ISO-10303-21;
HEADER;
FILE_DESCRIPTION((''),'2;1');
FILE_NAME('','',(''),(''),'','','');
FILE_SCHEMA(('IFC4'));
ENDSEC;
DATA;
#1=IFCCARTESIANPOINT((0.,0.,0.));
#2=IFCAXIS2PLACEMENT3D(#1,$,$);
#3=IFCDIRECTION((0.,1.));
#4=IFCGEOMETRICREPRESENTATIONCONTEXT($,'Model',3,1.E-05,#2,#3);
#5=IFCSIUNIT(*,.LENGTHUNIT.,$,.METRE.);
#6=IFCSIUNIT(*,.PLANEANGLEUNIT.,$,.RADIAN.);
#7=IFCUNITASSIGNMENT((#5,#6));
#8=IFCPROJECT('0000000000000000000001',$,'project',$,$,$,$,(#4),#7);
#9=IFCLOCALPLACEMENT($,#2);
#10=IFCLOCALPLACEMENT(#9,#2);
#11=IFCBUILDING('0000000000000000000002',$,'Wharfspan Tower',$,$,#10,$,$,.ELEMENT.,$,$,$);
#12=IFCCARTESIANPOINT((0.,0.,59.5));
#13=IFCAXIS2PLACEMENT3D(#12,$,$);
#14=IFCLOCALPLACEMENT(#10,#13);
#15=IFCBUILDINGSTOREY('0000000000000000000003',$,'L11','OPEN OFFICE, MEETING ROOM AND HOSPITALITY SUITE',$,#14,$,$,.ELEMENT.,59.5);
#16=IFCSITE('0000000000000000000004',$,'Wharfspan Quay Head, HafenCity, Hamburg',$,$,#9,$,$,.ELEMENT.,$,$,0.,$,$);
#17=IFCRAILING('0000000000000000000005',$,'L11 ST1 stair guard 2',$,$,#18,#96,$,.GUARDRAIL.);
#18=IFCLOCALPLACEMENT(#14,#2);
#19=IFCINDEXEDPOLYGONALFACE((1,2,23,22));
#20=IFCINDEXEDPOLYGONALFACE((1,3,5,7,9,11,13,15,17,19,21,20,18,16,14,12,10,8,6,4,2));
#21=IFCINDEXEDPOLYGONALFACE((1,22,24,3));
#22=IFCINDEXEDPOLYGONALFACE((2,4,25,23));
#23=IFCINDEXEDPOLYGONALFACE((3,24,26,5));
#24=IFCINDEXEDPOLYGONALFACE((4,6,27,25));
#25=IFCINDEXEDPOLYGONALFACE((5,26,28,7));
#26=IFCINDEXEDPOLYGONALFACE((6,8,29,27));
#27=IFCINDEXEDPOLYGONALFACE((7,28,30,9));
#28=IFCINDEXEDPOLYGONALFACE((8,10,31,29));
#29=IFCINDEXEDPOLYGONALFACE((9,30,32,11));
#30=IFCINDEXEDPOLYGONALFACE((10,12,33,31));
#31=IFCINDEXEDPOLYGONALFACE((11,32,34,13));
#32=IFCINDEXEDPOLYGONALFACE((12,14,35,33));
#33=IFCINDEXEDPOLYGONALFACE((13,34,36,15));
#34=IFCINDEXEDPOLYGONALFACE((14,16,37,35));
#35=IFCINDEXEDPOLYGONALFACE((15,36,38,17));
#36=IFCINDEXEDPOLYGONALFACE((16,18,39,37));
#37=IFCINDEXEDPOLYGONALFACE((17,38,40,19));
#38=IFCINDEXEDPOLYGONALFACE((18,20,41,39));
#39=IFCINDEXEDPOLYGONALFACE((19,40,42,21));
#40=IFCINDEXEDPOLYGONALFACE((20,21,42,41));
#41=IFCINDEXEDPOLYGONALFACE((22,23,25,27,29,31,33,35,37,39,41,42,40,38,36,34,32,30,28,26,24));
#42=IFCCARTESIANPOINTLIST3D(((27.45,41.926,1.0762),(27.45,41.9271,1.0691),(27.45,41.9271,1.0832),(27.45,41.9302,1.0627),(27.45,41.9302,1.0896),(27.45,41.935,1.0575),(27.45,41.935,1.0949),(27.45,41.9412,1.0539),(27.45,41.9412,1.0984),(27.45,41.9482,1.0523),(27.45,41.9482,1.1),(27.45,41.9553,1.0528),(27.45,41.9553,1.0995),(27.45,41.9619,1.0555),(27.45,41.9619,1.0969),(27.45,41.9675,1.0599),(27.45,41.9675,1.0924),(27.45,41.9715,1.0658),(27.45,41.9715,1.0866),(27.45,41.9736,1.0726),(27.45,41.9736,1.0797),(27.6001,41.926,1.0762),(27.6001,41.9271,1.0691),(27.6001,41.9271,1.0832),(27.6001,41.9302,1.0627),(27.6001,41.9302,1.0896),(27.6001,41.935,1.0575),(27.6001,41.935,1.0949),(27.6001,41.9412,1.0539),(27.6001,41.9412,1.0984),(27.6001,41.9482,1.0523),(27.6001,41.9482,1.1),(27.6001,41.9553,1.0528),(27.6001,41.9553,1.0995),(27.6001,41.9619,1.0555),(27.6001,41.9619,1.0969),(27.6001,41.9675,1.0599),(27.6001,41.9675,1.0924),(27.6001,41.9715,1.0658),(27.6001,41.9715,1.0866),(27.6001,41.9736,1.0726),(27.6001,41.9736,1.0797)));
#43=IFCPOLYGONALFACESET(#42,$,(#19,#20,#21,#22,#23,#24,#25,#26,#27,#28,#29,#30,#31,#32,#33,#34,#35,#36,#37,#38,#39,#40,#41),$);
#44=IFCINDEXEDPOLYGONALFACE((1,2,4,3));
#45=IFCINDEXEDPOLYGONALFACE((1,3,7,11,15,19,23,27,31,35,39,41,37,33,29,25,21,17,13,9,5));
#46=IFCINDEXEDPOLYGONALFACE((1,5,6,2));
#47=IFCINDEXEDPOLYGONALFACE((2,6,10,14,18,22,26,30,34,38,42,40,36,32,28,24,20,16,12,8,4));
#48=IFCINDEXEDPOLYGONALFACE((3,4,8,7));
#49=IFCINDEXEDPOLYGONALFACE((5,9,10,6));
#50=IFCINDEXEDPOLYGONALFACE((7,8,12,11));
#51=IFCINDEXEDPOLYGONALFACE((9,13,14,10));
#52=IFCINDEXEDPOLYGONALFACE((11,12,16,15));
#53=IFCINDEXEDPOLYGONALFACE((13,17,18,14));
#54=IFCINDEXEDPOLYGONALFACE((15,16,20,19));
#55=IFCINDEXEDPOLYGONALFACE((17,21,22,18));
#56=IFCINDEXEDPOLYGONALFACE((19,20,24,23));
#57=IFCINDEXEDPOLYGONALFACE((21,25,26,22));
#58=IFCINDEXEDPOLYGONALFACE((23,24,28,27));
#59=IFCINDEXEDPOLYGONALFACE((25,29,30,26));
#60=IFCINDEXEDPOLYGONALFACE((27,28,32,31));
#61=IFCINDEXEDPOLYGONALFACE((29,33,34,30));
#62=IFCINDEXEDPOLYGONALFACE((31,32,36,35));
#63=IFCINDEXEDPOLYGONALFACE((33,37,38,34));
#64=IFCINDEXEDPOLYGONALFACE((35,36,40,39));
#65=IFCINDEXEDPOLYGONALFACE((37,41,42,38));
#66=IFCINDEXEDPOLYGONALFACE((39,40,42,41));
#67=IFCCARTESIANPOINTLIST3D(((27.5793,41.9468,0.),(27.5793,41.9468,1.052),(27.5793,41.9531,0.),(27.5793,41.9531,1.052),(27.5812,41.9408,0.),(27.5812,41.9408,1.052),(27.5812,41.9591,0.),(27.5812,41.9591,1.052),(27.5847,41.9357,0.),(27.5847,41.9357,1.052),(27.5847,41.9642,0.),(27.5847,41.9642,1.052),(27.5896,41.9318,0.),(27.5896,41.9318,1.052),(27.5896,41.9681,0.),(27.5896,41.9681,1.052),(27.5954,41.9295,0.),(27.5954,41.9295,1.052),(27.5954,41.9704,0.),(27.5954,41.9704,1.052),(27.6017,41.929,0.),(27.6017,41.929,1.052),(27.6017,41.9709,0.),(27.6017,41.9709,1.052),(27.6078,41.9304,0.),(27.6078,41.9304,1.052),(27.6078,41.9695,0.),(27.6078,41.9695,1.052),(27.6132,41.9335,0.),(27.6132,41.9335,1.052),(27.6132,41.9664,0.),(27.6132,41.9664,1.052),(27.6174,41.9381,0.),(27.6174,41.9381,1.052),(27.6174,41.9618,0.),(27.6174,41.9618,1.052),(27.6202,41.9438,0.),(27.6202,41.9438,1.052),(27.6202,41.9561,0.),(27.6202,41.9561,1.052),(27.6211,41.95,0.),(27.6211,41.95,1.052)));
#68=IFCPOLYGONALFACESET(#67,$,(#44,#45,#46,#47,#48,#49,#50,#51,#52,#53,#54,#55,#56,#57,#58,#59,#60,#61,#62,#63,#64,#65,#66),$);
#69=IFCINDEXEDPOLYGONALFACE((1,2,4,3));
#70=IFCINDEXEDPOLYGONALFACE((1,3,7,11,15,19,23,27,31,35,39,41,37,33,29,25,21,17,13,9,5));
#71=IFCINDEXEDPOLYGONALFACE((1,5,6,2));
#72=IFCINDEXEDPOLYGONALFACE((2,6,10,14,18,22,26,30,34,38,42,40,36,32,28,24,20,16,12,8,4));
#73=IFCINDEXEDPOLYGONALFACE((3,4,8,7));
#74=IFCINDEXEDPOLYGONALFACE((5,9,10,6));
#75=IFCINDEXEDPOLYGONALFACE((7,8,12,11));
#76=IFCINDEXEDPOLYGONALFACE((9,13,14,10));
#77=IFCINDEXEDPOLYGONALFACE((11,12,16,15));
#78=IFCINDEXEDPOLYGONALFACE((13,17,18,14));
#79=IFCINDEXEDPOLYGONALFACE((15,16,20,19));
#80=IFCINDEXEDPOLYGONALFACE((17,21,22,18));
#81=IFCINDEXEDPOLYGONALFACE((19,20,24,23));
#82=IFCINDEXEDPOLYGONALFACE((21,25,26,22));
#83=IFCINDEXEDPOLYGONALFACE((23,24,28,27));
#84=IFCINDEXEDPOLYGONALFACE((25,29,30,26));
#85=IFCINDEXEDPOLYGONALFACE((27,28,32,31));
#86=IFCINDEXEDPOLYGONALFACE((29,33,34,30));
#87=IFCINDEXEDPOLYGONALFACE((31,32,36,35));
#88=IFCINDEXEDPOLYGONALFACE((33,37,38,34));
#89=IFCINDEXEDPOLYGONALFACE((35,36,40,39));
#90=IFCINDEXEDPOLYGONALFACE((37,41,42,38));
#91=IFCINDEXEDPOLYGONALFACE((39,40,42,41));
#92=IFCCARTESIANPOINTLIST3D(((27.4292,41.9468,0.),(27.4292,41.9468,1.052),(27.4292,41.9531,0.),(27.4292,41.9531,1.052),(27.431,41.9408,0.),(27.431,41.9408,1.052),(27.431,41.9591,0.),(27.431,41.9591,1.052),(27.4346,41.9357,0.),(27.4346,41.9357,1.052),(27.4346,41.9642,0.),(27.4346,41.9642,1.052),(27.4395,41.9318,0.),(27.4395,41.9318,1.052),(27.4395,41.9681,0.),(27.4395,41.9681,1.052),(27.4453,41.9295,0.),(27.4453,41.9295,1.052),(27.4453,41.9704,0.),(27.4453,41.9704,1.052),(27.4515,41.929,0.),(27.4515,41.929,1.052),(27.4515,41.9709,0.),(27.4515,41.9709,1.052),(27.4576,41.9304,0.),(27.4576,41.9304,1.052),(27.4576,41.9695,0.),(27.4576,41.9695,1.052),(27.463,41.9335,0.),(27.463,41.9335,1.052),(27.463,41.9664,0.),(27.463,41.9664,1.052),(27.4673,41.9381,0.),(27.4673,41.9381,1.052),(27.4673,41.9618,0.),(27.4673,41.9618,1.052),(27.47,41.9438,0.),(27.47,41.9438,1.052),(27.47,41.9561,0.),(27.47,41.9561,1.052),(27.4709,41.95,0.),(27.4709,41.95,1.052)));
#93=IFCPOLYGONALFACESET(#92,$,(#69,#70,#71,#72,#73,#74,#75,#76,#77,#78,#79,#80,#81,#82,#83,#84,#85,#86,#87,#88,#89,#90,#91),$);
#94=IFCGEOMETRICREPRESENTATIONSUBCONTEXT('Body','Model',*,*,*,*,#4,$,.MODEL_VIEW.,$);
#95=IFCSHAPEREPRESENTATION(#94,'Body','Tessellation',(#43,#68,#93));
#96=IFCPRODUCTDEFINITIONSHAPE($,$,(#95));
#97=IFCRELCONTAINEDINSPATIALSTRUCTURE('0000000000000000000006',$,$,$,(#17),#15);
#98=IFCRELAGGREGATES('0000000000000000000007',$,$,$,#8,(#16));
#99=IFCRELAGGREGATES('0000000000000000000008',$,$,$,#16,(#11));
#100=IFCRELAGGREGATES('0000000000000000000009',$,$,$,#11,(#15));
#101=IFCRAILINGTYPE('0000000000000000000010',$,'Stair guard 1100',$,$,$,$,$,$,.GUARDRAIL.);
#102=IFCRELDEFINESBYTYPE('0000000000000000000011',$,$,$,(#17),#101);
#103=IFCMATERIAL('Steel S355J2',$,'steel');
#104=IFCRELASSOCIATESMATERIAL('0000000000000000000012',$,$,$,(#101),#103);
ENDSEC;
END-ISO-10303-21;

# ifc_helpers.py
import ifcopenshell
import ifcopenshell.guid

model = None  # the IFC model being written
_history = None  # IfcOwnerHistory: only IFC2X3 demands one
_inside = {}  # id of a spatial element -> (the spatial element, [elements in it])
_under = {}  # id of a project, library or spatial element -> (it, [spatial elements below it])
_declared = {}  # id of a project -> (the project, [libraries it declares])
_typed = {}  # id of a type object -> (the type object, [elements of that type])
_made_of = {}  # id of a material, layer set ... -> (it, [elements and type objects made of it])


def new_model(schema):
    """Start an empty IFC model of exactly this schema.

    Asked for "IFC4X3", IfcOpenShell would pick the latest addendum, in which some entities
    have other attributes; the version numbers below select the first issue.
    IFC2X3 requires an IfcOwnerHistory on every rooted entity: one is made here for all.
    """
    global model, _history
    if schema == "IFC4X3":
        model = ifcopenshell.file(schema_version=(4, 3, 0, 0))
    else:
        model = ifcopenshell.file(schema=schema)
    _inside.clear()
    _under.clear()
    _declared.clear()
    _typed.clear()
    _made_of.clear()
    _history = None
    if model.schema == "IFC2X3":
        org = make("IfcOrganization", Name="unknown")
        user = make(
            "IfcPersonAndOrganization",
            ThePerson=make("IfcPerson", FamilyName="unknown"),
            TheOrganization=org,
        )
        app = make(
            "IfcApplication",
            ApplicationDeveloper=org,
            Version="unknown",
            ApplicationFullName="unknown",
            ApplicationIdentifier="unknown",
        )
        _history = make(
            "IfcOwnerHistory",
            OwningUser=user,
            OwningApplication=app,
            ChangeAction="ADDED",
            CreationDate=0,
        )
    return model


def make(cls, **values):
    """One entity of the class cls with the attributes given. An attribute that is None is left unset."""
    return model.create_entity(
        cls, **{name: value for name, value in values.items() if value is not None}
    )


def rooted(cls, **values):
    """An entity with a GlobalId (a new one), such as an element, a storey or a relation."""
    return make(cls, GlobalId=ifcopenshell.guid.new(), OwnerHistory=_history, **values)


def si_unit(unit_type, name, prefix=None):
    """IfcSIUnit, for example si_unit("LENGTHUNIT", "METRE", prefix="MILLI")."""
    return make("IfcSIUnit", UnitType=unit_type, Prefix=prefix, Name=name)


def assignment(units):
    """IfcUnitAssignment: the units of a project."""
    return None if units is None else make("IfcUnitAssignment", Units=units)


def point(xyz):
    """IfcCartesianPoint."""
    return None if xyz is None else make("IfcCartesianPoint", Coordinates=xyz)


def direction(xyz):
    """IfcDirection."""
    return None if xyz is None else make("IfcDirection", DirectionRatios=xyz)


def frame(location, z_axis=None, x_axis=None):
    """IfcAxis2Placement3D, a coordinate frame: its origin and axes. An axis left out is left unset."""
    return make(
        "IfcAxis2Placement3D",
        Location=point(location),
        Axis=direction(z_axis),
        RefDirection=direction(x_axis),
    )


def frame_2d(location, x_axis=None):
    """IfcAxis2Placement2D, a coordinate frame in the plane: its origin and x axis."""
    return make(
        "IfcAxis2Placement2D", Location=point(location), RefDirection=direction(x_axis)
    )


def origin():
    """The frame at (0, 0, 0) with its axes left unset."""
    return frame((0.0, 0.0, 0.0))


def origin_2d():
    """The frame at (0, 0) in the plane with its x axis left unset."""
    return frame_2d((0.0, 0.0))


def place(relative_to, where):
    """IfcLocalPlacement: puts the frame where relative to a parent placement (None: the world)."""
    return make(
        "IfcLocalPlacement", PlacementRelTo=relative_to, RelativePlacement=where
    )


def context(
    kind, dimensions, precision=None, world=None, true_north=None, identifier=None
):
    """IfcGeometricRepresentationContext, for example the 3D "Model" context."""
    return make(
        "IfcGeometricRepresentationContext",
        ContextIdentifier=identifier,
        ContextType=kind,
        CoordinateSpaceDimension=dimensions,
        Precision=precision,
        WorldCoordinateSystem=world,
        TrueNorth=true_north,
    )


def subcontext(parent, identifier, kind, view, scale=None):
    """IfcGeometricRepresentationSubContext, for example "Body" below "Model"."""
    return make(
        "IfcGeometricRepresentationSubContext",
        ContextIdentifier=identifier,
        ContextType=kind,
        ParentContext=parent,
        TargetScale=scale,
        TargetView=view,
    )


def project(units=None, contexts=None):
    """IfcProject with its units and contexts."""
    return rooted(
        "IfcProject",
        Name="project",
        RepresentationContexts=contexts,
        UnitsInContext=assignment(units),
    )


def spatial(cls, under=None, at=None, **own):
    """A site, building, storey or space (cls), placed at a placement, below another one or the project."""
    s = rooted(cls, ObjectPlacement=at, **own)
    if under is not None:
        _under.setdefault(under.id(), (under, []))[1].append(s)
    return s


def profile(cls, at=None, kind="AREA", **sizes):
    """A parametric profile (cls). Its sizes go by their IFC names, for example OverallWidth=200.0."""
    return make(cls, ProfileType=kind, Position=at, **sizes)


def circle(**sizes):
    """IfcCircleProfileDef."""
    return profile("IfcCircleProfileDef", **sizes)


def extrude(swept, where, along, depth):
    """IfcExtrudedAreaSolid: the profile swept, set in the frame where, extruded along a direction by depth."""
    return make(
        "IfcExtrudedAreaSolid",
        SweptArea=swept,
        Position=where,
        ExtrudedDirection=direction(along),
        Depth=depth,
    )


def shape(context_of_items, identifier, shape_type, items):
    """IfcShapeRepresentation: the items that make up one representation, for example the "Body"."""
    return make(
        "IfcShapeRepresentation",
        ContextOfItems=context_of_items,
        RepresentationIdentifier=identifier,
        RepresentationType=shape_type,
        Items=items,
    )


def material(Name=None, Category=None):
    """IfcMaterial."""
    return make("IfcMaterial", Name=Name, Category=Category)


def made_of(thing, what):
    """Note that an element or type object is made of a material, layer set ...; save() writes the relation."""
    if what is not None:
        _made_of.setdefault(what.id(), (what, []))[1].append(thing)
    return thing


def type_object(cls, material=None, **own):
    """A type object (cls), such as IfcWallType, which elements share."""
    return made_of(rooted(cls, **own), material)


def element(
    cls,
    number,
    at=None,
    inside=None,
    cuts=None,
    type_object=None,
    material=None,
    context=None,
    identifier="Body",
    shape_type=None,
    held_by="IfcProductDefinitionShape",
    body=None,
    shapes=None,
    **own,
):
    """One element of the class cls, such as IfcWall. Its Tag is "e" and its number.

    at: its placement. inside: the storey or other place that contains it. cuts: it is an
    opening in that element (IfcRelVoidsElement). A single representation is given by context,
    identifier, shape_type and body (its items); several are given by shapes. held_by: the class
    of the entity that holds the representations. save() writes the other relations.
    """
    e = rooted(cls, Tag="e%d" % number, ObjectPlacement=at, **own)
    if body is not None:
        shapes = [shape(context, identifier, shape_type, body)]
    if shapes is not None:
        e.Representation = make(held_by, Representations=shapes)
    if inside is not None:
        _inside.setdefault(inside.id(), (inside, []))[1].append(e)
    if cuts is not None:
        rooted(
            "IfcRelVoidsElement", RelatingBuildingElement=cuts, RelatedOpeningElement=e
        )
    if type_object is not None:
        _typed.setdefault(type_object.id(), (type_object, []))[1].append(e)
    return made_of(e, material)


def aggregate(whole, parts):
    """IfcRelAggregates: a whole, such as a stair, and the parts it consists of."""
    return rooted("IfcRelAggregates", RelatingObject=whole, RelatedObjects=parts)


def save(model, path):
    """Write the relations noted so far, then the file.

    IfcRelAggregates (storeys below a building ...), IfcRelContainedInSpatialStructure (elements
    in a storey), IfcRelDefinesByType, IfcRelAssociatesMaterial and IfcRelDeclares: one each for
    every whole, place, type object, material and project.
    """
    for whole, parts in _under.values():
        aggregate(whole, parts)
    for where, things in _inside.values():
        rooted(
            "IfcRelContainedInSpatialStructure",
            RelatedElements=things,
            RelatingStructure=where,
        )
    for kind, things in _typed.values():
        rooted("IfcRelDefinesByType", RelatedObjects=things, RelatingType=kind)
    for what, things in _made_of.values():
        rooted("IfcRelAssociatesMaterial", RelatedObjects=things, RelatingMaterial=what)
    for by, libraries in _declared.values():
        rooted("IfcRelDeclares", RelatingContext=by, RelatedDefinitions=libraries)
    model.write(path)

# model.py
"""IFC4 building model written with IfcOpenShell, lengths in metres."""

from ifc_helpers import new_model, si_unit, direction, frame, origin, origin_2d, place, context, subcontext, project, spatial, circle, extrude, material, type_object, element, save


model = new_model("IFC4")

# Units and contexts
model_context = context("Model", 3, precision=1e-05, world=origin(), true_north=direction((0.0, 1.0)))
body_context = subcontext(model_context, "Body", "Model", "MODEL_VIEW")
ifc_project = project(units=[si_unit("LENGTHUNIT", "METRE"), si_unit("PLANEANGLEUNIT", "RADIAN")], contexts=[model_context])

# Site, building, storey
site_placement = place(None, origin())
site = spatial("IfcSite", under=ifc_project, at=site_placement, Name="Wharfspan Quay Head, HafenCity, Hamburg", CompositionType="ELEMENT", RefElevation=0.0)
building_placement = place(site_placement, origin())
building = spatial("IfcBuilding", under=site, at=building_placement, Name="Wharfspan Tower", CompositionType="ELEMENT")
storey_placement = place(building_placement, frame((0.0, 0.0, 59.5)))
storey = spatial("IfcBuildingStorey", under=building, at=storey_placement, Name="L11", Description="OPEN OFFICE, MEETING ROOM AND HOSPITALITY SUITE", CompositionType="ELEMENT", Elevation=59.5)

# Shared definitions
ifc_material_1 = material(Name="Steel S355J2", Category="steel")

# Railing
railing_type_1 = type_object("IfcRailingType", Name="Stair guard 1100", PredefinedType="GUARDRAIL", material=ifc_material_1)
railing_1_placement = place(storey_placement, frame((27.6001, 41.95, 0.0)))
element("IfcRailing", 1, at=railing_1_placement, inside=storey, type_object=railing_type_1, Name="L11 ST1 stair guard 2", PredefinedType="GUARDRAIL", context=body_context, shape_type="SweptSolid", body=[
    extrude(circle(Radius=0.0239, at=origin_2d()), frame((0.0, 0.0, 1.0762), z_axis=(-1.0, 0.0, 0.0), x_axis=(0.0, -1.0, 0.0)), (0.0, 0.0, 1.0), 0.1501),
    extrude(circle(Radius=0.021, at=origin_2d()), origin(), (0.0, 0.0, 1.0), 1.052),
    extrude(circle(Radius=0.021, at=origin_2d()), frame((-0.1501, 0.0, 0.0)), (0.0, 0.0, 1.0), 1.052),
])

save(model, "model.ifc")
